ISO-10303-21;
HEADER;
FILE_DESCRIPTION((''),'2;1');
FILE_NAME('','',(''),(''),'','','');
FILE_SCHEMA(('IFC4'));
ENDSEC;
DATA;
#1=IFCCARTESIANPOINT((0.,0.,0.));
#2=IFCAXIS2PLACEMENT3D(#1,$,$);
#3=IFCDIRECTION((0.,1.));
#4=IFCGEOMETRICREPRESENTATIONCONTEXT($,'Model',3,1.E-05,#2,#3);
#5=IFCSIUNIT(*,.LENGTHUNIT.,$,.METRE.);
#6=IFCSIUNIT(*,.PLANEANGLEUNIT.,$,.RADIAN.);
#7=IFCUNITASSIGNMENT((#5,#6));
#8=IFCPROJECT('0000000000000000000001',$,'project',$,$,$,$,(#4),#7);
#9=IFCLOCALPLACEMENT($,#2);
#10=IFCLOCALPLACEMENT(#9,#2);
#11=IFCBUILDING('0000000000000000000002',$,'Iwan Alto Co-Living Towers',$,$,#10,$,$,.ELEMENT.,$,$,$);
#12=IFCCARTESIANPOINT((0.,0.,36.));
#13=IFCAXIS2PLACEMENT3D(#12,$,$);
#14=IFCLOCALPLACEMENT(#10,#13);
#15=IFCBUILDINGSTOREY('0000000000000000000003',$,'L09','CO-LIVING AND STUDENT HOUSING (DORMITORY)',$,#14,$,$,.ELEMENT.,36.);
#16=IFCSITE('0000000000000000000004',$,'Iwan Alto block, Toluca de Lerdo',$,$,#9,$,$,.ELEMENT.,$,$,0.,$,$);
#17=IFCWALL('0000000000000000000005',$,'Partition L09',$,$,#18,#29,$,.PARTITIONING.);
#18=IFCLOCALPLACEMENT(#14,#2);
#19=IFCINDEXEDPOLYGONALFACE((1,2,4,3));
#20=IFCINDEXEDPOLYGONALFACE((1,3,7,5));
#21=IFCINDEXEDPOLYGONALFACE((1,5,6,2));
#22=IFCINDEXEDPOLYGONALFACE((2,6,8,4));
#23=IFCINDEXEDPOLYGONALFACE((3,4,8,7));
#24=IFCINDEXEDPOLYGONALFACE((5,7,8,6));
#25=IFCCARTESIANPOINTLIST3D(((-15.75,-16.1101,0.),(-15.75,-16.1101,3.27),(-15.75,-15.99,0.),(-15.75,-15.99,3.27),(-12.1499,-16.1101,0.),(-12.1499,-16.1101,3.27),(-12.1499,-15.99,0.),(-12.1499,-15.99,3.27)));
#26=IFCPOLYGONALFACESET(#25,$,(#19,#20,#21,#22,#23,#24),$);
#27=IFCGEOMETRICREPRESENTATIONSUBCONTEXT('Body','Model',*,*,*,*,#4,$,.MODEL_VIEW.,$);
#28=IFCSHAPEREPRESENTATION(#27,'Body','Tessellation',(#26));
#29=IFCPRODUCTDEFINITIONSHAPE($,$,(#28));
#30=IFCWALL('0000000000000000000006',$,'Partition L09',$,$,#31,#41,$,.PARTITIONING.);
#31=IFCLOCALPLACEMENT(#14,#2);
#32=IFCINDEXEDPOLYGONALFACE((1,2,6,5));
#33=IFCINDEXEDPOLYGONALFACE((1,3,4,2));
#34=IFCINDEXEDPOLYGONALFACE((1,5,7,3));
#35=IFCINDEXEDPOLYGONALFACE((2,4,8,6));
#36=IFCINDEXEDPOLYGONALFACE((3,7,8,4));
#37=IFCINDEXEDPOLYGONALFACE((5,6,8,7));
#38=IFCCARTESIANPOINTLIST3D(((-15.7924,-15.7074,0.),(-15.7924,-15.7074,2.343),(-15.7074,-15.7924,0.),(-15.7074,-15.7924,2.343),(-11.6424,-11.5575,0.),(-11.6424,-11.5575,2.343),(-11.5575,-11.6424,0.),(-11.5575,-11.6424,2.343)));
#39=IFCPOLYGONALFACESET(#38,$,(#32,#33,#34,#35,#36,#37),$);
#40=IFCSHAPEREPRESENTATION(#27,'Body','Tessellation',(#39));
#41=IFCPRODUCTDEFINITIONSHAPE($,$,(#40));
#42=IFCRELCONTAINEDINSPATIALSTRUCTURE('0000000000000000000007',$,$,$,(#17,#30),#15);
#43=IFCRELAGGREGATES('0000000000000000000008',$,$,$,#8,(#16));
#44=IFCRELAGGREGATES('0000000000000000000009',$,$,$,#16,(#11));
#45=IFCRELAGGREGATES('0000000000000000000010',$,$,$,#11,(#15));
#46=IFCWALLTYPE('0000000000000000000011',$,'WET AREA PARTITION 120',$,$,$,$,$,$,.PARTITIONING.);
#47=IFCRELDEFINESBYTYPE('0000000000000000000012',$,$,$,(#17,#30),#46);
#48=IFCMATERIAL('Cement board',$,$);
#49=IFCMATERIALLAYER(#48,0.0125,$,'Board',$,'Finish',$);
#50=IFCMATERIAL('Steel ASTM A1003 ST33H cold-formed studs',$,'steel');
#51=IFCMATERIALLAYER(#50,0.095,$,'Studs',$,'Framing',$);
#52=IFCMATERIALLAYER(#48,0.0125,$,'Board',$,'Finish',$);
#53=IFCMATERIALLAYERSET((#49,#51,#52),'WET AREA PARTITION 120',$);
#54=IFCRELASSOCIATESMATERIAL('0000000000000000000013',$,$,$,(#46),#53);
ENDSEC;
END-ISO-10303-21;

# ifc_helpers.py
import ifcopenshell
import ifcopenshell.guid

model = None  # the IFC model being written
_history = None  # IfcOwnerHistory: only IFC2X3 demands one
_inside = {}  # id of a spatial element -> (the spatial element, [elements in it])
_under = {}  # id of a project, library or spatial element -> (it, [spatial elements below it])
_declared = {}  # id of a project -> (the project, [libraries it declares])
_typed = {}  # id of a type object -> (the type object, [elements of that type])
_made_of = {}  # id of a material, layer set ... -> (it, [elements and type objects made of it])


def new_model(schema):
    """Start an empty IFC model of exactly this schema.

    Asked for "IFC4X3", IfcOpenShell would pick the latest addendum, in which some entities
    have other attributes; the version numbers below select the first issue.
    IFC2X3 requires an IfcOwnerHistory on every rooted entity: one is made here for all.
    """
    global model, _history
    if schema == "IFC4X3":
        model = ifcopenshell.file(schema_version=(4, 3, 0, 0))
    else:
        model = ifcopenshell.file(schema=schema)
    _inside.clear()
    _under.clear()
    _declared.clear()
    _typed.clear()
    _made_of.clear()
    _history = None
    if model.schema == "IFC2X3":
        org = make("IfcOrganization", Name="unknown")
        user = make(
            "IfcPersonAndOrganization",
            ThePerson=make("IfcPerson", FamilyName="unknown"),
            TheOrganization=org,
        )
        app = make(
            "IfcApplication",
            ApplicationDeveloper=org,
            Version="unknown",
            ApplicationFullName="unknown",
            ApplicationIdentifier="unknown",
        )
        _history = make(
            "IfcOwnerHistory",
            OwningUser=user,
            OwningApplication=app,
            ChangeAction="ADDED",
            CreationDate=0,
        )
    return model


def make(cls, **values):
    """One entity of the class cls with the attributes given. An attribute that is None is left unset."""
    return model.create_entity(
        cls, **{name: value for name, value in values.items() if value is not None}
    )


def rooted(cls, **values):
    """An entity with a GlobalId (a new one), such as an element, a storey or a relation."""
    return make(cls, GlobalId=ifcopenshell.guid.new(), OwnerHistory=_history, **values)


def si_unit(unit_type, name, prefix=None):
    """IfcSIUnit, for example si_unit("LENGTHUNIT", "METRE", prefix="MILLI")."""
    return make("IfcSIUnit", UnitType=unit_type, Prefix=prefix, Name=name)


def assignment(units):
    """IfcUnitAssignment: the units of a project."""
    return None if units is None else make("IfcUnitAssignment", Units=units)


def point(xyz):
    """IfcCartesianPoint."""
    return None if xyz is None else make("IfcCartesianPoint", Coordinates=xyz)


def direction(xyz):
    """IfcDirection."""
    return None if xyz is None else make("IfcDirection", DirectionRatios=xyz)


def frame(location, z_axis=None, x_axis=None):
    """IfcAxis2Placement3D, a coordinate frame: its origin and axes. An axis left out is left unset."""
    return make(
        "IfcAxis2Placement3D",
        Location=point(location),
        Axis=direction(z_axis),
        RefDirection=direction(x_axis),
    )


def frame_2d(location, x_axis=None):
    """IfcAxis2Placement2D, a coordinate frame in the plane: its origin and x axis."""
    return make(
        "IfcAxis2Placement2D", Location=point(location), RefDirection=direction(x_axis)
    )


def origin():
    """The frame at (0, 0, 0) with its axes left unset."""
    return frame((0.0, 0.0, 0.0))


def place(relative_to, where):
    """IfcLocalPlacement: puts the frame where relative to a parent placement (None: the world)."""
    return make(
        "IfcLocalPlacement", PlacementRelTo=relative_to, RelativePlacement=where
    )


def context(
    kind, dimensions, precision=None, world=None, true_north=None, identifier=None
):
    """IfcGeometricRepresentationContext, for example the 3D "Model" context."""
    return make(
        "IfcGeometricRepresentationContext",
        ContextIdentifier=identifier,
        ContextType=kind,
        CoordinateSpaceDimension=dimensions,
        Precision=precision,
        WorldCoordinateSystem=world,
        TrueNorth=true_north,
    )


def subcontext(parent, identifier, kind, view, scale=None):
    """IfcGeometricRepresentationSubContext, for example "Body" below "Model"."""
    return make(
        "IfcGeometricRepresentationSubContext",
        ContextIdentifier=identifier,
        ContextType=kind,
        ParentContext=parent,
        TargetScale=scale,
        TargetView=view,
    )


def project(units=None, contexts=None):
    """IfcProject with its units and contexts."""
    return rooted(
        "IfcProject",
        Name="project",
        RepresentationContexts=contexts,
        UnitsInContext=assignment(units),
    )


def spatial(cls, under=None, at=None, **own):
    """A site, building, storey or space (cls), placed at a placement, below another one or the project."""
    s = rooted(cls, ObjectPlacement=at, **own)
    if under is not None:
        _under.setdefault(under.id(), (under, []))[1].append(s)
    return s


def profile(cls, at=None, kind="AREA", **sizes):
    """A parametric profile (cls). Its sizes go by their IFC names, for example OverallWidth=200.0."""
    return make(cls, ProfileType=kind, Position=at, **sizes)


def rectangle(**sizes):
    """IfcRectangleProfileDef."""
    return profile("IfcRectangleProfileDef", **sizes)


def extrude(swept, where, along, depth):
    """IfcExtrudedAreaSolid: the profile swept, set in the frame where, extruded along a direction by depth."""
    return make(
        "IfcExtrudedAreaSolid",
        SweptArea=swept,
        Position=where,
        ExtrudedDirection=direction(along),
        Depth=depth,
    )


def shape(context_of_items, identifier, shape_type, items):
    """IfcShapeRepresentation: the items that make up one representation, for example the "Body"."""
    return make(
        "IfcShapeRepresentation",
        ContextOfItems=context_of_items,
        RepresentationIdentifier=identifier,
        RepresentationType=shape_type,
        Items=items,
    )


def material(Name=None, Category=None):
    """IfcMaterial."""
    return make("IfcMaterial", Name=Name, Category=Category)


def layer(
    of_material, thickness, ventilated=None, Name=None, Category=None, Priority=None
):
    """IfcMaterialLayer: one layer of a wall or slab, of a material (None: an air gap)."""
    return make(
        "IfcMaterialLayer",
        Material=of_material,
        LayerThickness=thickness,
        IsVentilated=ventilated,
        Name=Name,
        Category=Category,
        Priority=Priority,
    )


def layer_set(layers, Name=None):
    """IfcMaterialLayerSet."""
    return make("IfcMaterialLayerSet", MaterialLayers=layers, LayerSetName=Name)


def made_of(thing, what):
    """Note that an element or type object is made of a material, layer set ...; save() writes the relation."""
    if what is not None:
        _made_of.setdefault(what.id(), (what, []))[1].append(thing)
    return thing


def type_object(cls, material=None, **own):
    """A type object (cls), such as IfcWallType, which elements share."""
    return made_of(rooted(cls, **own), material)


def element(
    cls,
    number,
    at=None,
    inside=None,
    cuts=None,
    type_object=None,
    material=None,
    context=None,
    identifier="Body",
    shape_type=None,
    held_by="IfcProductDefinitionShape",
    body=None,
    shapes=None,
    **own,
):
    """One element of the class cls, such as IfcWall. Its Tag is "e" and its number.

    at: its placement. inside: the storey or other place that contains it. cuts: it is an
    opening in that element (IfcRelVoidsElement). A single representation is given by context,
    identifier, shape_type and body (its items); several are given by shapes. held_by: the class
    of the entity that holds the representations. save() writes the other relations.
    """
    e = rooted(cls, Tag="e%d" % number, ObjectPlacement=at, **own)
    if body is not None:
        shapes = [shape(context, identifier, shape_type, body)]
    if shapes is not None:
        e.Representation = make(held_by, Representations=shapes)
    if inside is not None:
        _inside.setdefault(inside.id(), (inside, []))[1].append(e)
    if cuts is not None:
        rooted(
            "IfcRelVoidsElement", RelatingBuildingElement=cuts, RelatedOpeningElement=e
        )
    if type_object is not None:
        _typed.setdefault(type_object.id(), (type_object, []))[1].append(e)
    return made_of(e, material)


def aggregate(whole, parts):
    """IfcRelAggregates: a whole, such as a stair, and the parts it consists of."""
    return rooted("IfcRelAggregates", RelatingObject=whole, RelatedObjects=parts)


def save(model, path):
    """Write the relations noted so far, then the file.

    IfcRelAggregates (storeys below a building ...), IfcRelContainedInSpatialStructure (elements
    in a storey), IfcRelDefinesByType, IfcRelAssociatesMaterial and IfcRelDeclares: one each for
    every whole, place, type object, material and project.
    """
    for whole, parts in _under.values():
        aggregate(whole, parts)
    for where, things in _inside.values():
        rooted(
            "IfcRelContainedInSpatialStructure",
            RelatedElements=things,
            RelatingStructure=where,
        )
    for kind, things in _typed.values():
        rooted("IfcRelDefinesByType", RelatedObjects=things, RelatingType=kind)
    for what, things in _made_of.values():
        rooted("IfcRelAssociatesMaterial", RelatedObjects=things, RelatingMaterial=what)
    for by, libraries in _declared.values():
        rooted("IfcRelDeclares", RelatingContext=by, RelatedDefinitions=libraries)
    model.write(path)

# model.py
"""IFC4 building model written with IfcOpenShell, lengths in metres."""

from ifc_helpers import new_model, si_unit, direction, frame, frame_2d, origin, place, context, subcontext, project, spatial, rectangle, extrude, material, layer, layer_set, type_object, element, save


model = new_model("IFC4")

# Units and contexts
model_context = context("Model", 3, precision=1e-05, world=origin(), true_north=direction((0.0, 1.0)))
body_context = subcontext(model_context, "Body", "Model", "MODEL_VIEW")
ifc_project = project(units=[si_unit("LENGTHUNIT", "METRE"), si_unit("PLANEANGLEUNIT", "RADIAN")], contexts=[model_context])

# Site, building, storey
site_placement = place(None, origin())
site = spatial("IfcSite", under=ifc_project, at=site_placement, Name="Iwan Alto block, Toluca de Lerdo", CompositionType="ELEMENT", RefElevation=0.0)
building_placement = place(site_placement, origin())
building = spatial("IfcBuilding", under=site, at=building_placement, Name="Iwan Alto Co-Living Towers", CompositionType="ELEMENT")
storey_placement = place(building_placement, frame((0.0, 0.0, 36.0)))
storey = spatial("IfcBuildingStorey", under=building, at=storey_placement, Name="L09", Description="CO-LIVING AND STUDENT HOUSING (DORMITORY)", CompositionType="ELEMENT", Elevation=36.0)

# Shared definitions
ifc_material_1 = material(Name="Steel ASTM A1003 ST33H cold-formed studs", Category="steel")

# Walls
ifc_material_2 = material(Name="Cement board")
ifc_layer_1 = layer(ifc_material_2, 0.0125, Name="Board", Category="Finish")
ifc_layer_2 = layer(ifc_material_1, 0.095, Name="Studs", Category="Framing")
ifc_layer_3 = layer(ifc_material_2, 0.0125, Name="Board", Category="Finish")
ifc_layer_set_1 = layer_set([ifc_layer_1, ifc_layer_2, ifc_layer_3], Name="WET AREA PARTITION 120")
wall_type_1 = type_object("IfcWallType", Name="WET AREA PARTITION 120", PredefinedType="PARTITIONING", material=ifc_layer_set_1)
wall_1_placement = place(storey_placement, frame((-15.75, -16.05, 0.0), z_axis=(0.0, 0.0, 1.0), x_axis=(1.0, 0.0, 0.0)))
element("IfcWall", 1, at=wall_1_placement, inside=storey, type_object=wall_type_1, Name="Partition L09", PredefinedType="PARTITIONING", context=body_context, shape_type="SweptSolid", body=[
    extrude(rectangle(XDim=3.6001, YDim=0.1201, at=frame_2d((1.8, 0.0))), origin(), (0.0, 0.0, 1.0), 3.27),
])
wall_2_placement = place(storey_placement, frame((-15.75, -15.75, 0.0), z_axis=(0.0, 0.0, 1.0), x_axis=(0.707107, 0.707107, 0.0)))
element("IfcWall", 2, at=wall_2_placement, inside=storey, type_object=wall_type_1, Name="Partition L09", PredefinedType="PARTITIONING", context=body_context, shape_type="SweptSolid", body=[
    extrude(rectangle(XDim=5.8689, YDim=0.1201, at=frame_2d((2.9346, 0.0))), origin(), (0.0, 0.0, 1.0), 2.343),
])

save(model, "model.ifc")
